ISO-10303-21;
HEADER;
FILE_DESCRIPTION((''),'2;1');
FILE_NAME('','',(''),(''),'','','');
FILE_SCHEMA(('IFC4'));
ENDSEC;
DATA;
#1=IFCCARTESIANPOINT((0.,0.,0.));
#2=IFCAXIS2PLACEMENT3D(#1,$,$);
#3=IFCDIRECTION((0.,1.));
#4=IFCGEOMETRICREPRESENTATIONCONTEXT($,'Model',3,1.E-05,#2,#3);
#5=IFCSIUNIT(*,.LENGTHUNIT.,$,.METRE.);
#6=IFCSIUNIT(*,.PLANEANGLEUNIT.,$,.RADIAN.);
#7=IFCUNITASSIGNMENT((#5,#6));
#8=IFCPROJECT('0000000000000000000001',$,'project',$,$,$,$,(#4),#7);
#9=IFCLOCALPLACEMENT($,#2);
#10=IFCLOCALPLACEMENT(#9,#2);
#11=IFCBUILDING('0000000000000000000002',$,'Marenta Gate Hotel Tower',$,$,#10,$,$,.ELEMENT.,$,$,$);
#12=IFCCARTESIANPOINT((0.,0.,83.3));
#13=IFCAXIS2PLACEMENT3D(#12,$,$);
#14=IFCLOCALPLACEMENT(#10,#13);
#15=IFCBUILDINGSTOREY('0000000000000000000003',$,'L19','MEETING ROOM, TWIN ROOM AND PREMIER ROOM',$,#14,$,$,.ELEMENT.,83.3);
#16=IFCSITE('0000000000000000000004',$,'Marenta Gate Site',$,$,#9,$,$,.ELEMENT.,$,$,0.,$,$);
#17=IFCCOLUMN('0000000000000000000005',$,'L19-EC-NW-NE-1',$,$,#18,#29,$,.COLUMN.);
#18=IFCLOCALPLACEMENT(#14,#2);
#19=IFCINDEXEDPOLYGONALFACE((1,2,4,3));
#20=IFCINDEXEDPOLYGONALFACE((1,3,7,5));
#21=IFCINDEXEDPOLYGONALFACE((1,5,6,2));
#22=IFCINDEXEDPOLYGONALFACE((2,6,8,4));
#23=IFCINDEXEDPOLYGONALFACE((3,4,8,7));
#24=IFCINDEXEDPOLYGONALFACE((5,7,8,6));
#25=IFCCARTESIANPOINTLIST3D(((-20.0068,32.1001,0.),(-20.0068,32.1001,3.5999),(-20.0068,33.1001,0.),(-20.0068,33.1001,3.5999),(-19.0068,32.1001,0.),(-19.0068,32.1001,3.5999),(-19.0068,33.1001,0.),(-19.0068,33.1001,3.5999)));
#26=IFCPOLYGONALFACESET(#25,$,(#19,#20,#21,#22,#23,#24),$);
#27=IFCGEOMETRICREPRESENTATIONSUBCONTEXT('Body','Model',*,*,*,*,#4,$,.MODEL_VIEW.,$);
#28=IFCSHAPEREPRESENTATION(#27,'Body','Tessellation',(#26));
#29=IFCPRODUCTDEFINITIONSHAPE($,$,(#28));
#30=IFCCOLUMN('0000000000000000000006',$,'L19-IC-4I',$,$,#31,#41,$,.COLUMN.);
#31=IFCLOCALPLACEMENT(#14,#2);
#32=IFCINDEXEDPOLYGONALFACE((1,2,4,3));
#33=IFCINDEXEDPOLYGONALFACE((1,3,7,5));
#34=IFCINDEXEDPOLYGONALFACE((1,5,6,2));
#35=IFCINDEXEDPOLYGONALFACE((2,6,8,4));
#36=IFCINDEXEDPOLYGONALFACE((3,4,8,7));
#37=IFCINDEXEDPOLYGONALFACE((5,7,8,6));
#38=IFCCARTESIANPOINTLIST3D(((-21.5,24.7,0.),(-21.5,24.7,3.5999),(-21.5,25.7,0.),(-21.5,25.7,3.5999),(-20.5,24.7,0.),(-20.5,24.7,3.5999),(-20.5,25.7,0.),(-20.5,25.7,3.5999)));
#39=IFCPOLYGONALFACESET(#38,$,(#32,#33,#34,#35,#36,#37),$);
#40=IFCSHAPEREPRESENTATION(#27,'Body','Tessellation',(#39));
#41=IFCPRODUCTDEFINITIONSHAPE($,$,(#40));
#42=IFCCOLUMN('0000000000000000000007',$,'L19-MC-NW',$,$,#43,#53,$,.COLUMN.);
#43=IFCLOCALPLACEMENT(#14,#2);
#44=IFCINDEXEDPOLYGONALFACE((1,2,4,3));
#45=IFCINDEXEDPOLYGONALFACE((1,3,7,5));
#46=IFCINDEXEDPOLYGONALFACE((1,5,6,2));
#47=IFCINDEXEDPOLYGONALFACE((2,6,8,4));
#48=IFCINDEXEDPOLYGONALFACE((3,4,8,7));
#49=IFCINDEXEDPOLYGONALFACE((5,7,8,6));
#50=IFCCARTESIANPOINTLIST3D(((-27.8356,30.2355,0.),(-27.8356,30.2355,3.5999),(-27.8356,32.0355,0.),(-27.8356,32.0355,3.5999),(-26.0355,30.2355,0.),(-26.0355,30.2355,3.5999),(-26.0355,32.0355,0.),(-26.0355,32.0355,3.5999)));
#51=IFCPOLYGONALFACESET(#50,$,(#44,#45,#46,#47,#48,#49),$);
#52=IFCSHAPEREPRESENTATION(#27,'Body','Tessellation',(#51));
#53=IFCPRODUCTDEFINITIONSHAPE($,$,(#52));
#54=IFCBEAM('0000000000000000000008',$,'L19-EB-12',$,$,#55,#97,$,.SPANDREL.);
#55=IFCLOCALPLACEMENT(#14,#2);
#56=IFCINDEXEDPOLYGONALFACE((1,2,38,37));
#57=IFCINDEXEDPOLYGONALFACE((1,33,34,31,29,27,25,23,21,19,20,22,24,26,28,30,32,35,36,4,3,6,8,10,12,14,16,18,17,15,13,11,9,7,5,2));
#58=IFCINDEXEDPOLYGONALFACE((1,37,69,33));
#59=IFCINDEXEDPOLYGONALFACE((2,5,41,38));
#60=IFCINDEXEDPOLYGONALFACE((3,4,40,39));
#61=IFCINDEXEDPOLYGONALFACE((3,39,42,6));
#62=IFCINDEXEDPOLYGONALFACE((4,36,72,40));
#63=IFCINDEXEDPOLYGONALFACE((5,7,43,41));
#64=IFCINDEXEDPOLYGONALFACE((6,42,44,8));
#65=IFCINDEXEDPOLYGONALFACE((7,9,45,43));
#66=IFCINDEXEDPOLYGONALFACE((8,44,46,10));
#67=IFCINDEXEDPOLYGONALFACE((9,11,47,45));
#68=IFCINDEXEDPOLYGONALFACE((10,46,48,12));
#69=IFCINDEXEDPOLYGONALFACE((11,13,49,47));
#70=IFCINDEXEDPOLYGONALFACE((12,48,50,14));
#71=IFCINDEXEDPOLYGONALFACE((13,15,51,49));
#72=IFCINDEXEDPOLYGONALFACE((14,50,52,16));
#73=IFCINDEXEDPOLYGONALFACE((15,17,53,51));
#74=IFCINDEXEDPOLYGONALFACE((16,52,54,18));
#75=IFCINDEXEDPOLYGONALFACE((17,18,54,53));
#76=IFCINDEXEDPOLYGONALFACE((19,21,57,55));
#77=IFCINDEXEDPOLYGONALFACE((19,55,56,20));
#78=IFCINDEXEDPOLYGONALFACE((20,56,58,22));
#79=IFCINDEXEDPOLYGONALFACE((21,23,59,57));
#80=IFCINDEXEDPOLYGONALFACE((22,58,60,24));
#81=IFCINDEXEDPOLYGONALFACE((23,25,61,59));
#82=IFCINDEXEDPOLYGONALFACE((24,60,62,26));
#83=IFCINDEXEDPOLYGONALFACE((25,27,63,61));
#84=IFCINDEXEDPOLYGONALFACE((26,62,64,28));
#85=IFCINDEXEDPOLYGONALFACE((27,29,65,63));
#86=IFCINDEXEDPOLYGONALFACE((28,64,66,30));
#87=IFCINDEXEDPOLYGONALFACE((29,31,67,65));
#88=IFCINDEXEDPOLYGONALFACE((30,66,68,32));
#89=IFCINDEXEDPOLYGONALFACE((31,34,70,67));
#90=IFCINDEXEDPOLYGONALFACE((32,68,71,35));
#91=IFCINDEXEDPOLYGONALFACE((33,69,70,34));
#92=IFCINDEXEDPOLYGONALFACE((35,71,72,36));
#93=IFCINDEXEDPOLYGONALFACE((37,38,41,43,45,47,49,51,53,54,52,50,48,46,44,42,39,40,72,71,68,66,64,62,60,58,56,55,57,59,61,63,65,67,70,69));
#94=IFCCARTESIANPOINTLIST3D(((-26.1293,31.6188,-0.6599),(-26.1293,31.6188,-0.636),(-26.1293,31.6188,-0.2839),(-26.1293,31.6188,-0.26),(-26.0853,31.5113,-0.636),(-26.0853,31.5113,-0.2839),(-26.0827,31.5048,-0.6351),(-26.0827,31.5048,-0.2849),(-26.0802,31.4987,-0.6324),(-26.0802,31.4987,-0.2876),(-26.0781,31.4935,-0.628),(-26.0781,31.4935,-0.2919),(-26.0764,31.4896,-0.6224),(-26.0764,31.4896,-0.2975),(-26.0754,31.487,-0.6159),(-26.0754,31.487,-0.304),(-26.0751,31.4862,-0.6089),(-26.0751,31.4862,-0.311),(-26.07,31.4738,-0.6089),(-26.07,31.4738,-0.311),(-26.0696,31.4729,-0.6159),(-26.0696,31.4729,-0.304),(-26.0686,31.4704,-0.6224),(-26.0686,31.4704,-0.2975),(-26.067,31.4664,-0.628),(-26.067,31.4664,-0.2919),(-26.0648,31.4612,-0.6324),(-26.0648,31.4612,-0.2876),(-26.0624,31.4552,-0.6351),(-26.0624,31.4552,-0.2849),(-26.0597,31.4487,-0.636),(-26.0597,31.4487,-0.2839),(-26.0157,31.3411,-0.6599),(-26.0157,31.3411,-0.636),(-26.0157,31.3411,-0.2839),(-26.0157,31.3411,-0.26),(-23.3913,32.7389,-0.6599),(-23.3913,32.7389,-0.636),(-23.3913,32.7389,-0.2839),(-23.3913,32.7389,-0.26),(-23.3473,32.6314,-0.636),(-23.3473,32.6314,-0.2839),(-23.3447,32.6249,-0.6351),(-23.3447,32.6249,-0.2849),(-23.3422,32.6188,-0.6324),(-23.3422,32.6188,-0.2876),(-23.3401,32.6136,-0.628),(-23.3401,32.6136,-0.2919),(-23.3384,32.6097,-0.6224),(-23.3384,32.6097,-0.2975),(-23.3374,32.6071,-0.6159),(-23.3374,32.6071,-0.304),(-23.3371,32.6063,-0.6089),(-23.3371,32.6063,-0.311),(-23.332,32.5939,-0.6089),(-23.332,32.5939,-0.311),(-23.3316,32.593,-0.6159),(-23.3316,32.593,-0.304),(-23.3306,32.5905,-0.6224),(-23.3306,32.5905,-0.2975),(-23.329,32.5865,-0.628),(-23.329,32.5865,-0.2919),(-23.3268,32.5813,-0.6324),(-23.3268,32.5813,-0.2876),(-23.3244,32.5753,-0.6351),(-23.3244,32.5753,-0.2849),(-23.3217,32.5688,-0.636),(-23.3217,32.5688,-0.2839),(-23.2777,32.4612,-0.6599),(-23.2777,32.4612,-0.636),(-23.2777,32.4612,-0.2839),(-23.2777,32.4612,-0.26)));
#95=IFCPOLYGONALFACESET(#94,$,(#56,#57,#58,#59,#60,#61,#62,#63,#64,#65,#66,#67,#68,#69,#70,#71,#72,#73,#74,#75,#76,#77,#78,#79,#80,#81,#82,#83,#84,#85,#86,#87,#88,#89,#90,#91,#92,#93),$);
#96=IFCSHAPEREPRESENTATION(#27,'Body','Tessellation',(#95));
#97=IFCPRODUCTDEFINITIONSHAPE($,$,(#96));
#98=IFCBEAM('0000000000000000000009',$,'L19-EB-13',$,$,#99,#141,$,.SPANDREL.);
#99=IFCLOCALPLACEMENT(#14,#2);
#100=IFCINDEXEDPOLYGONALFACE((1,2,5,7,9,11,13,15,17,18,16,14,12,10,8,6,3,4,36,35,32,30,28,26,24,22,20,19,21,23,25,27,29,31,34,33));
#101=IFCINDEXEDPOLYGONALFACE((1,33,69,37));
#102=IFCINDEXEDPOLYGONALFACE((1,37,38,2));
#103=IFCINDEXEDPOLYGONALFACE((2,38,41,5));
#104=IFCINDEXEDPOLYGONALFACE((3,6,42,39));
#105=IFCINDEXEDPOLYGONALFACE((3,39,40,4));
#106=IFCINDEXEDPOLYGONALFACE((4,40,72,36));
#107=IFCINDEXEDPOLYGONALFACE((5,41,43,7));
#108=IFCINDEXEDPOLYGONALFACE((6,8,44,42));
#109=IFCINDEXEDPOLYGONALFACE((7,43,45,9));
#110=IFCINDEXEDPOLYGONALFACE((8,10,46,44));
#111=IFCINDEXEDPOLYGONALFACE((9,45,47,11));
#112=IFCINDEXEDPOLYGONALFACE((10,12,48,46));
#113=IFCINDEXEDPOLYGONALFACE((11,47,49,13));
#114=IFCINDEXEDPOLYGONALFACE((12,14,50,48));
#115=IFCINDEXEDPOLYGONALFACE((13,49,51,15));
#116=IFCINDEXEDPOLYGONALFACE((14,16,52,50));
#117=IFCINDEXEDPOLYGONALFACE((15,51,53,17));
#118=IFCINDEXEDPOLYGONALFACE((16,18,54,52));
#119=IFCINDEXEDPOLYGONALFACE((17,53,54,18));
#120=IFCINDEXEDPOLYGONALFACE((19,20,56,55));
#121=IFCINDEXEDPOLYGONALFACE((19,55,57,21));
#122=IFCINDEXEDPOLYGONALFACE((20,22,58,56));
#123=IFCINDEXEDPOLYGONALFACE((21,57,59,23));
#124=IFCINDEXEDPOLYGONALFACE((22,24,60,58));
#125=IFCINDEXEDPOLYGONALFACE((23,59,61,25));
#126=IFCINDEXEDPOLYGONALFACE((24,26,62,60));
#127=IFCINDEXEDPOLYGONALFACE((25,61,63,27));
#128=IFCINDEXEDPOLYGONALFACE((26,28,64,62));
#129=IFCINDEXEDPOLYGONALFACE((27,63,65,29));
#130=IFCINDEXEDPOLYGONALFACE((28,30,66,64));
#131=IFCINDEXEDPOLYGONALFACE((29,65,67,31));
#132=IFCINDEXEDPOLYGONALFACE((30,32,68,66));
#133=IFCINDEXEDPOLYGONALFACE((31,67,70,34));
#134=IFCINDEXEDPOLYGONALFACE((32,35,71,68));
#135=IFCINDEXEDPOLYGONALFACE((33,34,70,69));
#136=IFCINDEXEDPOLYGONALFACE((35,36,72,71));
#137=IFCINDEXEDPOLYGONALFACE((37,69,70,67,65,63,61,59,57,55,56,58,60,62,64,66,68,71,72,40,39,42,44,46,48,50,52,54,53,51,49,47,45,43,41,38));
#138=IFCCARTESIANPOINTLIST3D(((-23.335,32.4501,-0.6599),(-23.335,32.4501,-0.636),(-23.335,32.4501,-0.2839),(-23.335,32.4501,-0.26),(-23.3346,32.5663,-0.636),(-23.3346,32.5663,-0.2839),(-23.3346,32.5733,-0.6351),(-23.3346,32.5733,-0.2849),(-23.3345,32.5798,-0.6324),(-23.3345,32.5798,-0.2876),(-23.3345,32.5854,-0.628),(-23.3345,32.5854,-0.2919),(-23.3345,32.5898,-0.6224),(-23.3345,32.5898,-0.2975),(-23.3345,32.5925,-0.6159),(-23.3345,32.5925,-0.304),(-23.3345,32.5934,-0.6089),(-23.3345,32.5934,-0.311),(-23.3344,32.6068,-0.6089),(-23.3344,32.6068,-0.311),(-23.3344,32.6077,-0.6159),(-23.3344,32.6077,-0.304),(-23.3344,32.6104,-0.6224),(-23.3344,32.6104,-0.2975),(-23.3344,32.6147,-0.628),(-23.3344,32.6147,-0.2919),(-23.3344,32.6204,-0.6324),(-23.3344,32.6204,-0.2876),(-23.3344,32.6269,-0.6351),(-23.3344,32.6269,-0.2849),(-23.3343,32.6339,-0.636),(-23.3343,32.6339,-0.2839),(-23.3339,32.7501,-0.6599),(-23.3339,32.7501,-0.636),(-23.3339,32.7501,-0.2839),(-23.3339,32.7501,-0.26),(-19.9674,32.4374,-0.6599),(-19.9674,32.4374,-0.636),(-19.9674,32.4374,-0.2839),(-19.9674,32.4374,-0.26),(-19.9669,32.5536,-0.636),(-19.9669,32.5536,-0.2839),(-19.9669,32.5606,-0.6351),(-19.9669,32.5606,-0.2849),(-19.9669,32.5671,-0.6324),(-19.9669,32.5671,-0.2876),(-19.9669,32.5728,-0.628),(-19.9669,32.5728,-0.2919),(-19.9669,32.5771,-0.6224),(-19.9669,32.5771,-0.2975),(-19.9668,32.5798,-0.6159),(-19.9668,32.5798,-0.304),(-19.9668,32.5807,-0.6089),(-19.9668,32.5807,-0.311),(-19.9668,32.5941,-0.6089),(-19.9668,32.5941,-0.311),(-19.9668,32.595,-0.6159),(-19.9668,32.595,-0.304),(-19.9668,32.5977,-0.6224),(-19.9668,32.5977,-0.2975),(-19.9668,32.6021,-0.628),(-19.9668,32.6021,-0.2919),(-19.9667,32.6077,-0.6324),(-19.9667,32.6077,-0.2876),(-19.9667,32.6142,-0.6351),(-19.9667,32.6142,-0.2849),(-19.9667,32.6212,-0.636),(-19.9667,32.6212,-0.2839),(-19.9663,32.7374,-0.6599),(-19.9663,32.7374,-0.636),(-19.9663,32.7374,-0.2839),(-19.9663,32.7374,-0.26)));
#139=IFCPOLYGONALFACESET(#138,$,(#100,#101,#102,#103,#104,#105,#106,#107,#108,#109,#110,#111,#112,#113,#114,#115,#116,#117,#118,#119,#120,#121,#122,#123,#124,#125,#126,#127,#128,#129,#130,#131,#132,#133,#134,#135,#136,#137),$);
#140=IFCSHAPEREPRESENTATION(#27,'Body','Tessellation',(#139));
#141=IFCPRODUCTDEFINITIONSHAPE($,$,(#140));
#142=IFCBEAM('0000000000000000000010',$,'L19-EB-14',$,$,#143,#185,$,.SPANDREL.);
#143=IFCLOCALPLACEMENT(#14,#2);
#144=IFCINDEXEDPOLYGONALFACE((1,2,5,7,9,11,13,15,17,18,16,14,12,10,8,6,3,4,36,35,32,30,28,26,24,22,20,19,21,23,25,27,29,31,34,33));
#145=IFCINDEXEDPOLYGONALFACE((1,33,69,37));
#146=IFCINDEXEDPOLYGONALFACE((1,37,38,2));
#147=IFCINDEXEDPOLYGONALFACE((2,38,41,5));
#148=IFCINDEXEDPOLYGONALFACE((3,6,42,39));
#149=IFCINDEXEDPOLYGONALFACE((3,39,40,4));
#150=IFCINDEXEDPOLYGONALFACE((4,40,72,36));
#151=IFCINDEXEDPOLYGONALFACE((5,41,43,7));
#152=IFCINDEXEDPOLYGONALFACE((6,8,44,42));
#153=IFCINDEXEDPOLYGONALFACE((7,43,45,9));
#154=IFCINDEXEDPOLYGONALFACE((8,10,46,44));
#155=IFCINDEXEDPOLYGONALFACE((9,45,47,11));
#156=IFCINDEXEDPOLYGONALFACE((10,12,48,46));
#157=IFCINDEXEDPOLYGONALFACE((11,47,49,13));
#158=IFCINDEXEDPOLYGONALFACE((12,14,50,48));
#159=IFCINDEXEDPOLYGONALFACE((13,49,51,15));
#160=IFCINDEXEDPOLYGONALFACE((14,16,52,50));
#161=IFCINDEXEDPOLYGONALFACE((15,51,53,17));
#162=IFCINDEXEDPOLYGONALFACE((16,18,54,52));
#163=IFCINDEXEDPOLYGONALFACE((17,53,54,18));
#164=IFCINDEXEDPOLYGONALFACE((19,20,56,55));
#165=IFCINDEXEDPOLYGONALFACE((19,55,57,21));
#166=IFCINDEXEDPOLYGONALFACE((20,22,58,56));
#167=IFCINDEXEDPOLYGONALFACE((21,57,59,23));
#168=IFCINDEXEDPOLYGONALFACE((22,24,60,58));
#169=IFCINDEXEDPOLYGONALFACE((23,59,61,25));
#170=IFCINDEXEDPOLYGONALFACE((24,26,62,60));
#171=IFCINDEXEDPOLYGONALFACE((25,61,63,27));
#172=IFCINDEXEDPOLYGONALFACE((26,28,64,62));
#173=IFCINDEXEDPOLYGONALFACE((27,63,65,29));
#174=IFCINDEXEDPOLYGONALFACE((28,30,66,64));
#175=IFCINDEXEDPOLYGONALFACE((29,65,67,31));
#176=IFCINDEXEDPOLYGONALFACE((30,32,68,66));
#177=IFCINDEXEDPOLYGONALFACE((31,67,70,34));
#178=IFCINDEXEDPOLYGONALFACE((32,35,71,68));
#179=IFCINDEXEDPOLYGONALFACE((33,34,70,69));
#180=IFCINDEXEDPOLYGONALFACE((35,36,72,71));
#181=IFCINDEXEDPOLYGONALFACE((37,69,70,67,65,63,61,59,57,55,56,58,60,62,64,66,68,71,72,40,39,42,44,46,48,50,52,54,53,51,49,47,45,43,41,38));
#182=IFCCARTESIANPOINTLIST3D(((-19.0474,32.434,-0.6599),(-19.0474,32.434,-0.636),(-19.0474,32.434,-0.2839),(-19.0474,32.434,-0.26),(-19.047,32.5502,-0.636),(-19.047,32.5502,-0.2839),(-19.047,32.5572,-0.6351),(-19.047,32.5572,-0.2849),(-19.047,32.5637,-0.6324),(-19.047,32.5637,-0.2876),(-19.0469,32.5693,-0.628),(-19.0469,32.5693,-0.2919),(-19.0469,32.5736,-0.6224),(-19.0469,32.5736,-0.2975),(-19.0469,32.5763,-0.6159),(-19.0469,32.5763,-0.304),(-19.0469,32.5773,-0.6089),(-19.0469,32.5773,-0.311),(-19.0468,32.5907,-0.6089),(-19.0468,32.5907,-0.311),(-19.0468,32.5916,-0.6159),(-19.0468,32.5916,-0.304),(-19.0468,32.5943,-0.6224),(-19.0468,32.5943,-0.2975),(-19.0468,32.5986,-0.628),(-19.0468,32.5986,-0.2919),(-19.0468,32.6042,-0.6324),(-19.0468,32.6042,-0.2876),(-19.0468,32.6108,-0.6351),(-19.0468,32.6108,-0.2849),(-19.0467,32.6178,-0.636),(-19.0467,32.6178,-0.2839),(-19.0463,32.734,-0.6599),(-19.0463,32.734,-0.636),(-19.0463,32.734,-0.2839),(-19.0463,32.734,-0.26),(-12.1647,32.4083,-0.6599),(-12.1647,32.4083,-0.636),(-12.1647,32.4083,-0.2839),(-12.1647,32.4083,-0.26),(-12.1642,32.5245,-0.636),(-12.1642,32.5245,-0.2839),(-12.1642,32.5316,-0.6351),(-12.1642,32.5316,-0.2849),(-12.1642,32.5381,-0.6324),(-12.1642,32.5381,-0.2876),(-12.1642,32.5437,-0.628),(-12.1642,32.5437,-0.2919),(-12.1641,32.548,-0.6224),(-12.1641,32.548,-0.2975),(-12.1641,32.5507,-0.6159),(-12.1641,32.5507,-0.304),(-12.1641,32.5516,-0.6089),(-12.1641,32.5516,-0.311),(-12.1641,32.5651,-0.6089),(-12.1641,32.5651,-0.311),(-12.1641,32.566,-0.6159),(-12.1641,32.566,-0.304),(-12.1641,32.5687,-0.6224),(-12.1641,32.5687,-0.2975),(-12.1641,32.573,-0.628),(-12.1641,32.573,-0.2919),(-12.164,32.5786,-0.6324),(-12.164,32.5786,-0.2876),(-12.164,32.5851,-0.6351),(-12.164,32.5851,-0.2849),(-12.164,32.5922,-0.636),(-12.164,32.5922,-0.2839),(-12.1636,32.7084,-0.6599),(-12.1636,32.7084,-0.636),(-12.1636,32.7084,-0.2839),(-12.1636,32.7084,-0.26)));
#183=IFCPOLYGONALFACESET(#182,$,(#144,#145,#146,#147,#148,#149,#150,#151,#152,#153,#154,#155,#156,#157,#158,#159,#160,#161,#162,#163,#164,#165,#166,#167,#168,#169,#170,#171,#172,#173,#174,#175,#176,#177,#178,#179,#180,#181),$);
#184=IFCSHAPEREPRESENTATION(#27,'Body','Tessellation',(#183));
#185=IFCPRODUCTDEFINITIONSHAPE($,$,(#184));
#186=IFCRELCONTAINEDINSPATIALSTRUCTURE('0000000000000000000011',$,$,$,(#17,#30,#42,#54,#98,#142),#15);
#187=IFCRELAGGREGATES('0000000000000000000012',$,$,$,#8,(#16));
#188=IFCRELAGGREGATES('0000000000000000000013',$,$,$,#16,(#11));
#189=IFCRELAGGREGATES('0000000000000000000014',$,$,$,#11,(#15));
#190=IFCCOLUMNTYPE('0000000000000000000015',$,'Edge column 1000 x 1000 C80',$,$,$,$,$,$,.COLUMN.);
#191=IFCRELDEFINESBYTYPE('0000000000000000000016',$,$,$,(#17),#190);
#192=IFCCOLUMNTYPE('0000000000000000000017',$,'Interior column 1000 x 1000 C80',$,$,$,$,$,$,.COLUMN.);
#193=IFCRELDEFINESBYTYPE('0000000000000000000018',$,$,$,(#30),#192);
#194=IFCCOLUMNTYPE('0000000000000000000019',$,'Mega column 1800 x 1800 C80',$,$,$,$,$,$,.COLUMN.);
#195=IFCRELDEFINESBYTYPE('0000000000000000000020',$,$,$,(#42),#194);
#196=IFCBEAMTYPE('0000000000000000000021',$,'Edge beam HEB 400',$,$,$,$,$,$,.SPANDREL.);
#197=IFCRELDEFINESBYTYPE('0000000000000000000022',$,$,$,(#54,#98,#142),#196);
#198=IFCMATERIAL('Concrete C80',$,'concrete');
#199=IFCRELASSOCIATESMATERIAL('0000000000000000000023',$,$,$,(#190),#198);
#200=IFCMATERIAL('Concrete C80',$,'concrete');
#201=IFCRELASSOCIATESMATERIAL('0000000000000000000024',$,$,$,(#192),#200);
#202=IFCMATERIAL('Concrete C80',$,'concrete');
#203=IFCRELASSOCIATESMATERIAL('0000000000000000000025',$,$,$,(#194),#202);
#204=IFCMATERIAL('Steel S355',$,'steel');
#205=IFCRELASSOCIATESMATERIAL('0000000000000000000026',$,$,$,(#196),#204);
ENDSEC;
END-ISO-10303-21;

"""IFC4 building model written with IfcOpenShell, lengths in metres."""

from ifc_helpers import new_model, si_unit, direction, frame, origin, origin_2d, place, context, subcontext, project, spatial, rectangle, i_section, extrude, material, material_profile, profile_set, type_object, element, save


model = new_model("IFC4")

# Units and contexts
model_context = context("Model", 3, precision=1e-05, world=origin(), true_north=direction((0.0, 1.0)))
body_context = subcontext(model_context, "Body", "Model", "MODEL_VIEW")
ifc_project = project(units=[si_unit("LENGTHUNIT", "METRE"), si_unit("PLANEANGLEUNIT", "RADIAN")], contexts=[model_context])

# Site, building, storey
site_placement = place(None, origin())
site = spatial("IfcSite", under=ifc_project, at=site_placement, Name="Marenta Gate Site", CompositionType="ELEMENT", RefElevation=0.0)
building_placement = place(site_placement, origin())
building = spatial("IfcBuilding", under=site, at=building_placement, Name="Marenta Gate Hotel Tower", CompositionType="ELEMENT")
storey_placement = place(building_placement, frame((0.0, 0.0, 83.3)))
storey = spatial("IfcBuildingStorey", under=building, at=storey_placement, Name="L19", Description="MEETING ROOM, TWIN ROOM AND PREMIER ROOM", CompositionType="ELEMENT", Elevation=83.3)

# Columns
ifc_material_1 = material(Name="Concrete C80", Category="concrete")
ifc_material_profile_1 = material_profile(ifc_material_1, rectangle(XDim=1.0, YDim=1.0, at=origin_2d()), Name="1000 x 1000")
ifc_profile_set_1 = profile_set([ifc_material_profile_1], Name="Concrete C80")
column_type_1 = type_object("IfcColumnType", Name="Edge column 1000 x 1000 C80", PredefinedType="COLUMN", material=ifc_profile_set_1)
column_1_placement = place(storey_placement, frame((-19.5068, 32.6001, 0.0), z_axis=(0.0, 0.0, 1.0), x_axis=(1.0, 0.0, 0.0)))
element("IfcColumn", 1, at=column_1_placement, inside=storey, type_object=column_type_1, Name="L19-EC-NW-NE-1", PredefinedType="COLUMN", context=body_context, shape_type="SweptSolid", body=[
    extrude(rectangle(XDim=1.0, YDim=1.0, at=origin_2d()), origin(), (0.0, 0.0, 1.0), 3.5999),
])
ifc_material_2 = material(Name="Concrete C80", Category="concrete")
ifc_material_profile_2 = material_profile(ifc_material_2, rectangle(XDim=1.0, YDim=1.0, at=origin_2d()), Name="1000 x 1000")
ifc_profile_set_2 = profile_set([ifc_material_profile_2], Name="Concrete C80")
column_type_2 = type_object("IfcColumnType", Name="Interior column 1000 x 1000 C80", PredefinedType="COLUMN", material=ifc_profile_set_2)
column_2_placement = place(storey_placement, frame((-21.0, 25.2, 0.0), z_axis=(0.0, 0.0, 1.0), x_axis=(1.0, 0.0, 0.0)))
element("IfcColumn", 2, at=column_2_placement, inside=storey, type_object=column_type_2, Name="L19-IC-4I", PredefinedType="COLUMN", context=body_context, shape_type="SweptSolid", body=[
    extrude(rectangle(XDim=1.0, YDim=1.0, at=origin_2d()), origin(), (0.0, 0.0, 1.0), 3.5999),
])
ifc_material_3 = material(Name="Concrete C80", Category="concrete")
ifc_material_profile_3 = material_profile(ifc_material_3, rectangle(XDim=1.8, YDim=1.8, at=origin_2d()), Name="1800 x 1800")
ifc_profile_set_3 = profile_set([ifc_material_profile_3], Name="Concrete C80")
column_type_3 = type_object("IfcColumnType", Name="Mega column 1800 x 1800 C80", PredefinedType="COLUMN", material=ifc_profile_set_3)
column_3_placement = place(storey_placement, frame((-26.9355, 31.1355, 0.0), z_axis=(0.0, 0.0, 1.0), x_axis=(1.0, 0.0, 0.0)))
element("IfcColumn", 3, at=column_3_placement, inside=storey, type_object=column_type_3, Name="L19-MC-NW", PredefinedType="COLUMN", context=body_context, shape_type="SweptSolid", body=[
    extrude(rectangle(XDim=1.8, YDim=1.8, at=origin_2d()), origin(), (0.0, 0.0, 1.0), 3.5999),
])

# Beams
ifc_material_4 = material(Name="Steel S355", Category="steel")
ifc_material_profile_4 = material_profile(ifc_material_4, i_section(OverallWidth=0.3, OverallDepth=0.3999, WebThickness=0.0134, FlangeThickness=0.0239, FilletRadius=0.0271, at=origin_2d()), Name="HEB 400")
ifc_profile_set_4 = profile_set([ifc_material_profile_4], Name="Steel S355")
beam_type_1 = type_object("IfcBeamType", Name="Edge beam HEB 400", PredefinedType="SPANDREL", material=ifc_profile_set_4)
beam_1_placement = place(storey_placement, frame((-26.0725, 31.48, -0.46), z_axis=(0.925546, 0.378636, 0.0), x_axis=(-0.378636, 0.925546, 0.0)))
element("IfcBeam", 4, at=beam_1_placement, inside=storey, type_object=beam_type_1, Name="L19-EB-12", PredefinedType="SPANDREL", context=body_context, shape_type="SweptSolid", body=[
    extrude(i_section(OverallWidth=0.3, OverallDepth=0.3999, WebThickness=0.0134, FlangeThickness=0.0239, FilletRadius=0.0271, at=origin_2d()), origin(), (0.0, 0.0, 1.0), 2.9583),
])
beam_2_placement = place(storey_placement, frame((-23.3345, 32.6001, -0.46), z_axis=(0.999993, -0.00377, 0.0), x_axis=(0.00377, 0.999993, 0.0)))
element("IfcBeam", 5, at=beam_2_placement, inside=storey, type_object=beam_type_1, Name="L19-EB-13", PredefinedType="SPANDREL", context=body_context, shape_type="SweptSolid", body=[
    extrude(i_section(OverallWidth=0.3, OverallDepth=0.3999, WebThickness=0.0134, FlangeThickness=0.0239, FilletRadius=0.0271, at=origin_2d()), origin(), (0.0, 0.0, 1.0), 3.3677),
])
beam_3_placement = place(storey_placement, frame((-19.0469, 32.584, -0.46), z_axis=(0.999993, -0.003724, 0.0), x_axis=(0.003724, 0.999993, 0.0)))
element("IfcBeam", 6, at=beam_3_placement, inside=storey, type_object=beam_type_1, Name="L19-EB-14", PredefinedType="SPANDREL", context=body_context, shape_type="SweptSolid", body=[
    extrude(i_section(OverallWidth=0.3, OverallDepth=0.3999, WebThickness=0.0134, FlangeThickness=0.0239, FilletRadius=0.0271, at=origin_2d()), origin(), (0.0, 0.0, 1.0), 6.8828),
])

save(model, "model.ifc")
